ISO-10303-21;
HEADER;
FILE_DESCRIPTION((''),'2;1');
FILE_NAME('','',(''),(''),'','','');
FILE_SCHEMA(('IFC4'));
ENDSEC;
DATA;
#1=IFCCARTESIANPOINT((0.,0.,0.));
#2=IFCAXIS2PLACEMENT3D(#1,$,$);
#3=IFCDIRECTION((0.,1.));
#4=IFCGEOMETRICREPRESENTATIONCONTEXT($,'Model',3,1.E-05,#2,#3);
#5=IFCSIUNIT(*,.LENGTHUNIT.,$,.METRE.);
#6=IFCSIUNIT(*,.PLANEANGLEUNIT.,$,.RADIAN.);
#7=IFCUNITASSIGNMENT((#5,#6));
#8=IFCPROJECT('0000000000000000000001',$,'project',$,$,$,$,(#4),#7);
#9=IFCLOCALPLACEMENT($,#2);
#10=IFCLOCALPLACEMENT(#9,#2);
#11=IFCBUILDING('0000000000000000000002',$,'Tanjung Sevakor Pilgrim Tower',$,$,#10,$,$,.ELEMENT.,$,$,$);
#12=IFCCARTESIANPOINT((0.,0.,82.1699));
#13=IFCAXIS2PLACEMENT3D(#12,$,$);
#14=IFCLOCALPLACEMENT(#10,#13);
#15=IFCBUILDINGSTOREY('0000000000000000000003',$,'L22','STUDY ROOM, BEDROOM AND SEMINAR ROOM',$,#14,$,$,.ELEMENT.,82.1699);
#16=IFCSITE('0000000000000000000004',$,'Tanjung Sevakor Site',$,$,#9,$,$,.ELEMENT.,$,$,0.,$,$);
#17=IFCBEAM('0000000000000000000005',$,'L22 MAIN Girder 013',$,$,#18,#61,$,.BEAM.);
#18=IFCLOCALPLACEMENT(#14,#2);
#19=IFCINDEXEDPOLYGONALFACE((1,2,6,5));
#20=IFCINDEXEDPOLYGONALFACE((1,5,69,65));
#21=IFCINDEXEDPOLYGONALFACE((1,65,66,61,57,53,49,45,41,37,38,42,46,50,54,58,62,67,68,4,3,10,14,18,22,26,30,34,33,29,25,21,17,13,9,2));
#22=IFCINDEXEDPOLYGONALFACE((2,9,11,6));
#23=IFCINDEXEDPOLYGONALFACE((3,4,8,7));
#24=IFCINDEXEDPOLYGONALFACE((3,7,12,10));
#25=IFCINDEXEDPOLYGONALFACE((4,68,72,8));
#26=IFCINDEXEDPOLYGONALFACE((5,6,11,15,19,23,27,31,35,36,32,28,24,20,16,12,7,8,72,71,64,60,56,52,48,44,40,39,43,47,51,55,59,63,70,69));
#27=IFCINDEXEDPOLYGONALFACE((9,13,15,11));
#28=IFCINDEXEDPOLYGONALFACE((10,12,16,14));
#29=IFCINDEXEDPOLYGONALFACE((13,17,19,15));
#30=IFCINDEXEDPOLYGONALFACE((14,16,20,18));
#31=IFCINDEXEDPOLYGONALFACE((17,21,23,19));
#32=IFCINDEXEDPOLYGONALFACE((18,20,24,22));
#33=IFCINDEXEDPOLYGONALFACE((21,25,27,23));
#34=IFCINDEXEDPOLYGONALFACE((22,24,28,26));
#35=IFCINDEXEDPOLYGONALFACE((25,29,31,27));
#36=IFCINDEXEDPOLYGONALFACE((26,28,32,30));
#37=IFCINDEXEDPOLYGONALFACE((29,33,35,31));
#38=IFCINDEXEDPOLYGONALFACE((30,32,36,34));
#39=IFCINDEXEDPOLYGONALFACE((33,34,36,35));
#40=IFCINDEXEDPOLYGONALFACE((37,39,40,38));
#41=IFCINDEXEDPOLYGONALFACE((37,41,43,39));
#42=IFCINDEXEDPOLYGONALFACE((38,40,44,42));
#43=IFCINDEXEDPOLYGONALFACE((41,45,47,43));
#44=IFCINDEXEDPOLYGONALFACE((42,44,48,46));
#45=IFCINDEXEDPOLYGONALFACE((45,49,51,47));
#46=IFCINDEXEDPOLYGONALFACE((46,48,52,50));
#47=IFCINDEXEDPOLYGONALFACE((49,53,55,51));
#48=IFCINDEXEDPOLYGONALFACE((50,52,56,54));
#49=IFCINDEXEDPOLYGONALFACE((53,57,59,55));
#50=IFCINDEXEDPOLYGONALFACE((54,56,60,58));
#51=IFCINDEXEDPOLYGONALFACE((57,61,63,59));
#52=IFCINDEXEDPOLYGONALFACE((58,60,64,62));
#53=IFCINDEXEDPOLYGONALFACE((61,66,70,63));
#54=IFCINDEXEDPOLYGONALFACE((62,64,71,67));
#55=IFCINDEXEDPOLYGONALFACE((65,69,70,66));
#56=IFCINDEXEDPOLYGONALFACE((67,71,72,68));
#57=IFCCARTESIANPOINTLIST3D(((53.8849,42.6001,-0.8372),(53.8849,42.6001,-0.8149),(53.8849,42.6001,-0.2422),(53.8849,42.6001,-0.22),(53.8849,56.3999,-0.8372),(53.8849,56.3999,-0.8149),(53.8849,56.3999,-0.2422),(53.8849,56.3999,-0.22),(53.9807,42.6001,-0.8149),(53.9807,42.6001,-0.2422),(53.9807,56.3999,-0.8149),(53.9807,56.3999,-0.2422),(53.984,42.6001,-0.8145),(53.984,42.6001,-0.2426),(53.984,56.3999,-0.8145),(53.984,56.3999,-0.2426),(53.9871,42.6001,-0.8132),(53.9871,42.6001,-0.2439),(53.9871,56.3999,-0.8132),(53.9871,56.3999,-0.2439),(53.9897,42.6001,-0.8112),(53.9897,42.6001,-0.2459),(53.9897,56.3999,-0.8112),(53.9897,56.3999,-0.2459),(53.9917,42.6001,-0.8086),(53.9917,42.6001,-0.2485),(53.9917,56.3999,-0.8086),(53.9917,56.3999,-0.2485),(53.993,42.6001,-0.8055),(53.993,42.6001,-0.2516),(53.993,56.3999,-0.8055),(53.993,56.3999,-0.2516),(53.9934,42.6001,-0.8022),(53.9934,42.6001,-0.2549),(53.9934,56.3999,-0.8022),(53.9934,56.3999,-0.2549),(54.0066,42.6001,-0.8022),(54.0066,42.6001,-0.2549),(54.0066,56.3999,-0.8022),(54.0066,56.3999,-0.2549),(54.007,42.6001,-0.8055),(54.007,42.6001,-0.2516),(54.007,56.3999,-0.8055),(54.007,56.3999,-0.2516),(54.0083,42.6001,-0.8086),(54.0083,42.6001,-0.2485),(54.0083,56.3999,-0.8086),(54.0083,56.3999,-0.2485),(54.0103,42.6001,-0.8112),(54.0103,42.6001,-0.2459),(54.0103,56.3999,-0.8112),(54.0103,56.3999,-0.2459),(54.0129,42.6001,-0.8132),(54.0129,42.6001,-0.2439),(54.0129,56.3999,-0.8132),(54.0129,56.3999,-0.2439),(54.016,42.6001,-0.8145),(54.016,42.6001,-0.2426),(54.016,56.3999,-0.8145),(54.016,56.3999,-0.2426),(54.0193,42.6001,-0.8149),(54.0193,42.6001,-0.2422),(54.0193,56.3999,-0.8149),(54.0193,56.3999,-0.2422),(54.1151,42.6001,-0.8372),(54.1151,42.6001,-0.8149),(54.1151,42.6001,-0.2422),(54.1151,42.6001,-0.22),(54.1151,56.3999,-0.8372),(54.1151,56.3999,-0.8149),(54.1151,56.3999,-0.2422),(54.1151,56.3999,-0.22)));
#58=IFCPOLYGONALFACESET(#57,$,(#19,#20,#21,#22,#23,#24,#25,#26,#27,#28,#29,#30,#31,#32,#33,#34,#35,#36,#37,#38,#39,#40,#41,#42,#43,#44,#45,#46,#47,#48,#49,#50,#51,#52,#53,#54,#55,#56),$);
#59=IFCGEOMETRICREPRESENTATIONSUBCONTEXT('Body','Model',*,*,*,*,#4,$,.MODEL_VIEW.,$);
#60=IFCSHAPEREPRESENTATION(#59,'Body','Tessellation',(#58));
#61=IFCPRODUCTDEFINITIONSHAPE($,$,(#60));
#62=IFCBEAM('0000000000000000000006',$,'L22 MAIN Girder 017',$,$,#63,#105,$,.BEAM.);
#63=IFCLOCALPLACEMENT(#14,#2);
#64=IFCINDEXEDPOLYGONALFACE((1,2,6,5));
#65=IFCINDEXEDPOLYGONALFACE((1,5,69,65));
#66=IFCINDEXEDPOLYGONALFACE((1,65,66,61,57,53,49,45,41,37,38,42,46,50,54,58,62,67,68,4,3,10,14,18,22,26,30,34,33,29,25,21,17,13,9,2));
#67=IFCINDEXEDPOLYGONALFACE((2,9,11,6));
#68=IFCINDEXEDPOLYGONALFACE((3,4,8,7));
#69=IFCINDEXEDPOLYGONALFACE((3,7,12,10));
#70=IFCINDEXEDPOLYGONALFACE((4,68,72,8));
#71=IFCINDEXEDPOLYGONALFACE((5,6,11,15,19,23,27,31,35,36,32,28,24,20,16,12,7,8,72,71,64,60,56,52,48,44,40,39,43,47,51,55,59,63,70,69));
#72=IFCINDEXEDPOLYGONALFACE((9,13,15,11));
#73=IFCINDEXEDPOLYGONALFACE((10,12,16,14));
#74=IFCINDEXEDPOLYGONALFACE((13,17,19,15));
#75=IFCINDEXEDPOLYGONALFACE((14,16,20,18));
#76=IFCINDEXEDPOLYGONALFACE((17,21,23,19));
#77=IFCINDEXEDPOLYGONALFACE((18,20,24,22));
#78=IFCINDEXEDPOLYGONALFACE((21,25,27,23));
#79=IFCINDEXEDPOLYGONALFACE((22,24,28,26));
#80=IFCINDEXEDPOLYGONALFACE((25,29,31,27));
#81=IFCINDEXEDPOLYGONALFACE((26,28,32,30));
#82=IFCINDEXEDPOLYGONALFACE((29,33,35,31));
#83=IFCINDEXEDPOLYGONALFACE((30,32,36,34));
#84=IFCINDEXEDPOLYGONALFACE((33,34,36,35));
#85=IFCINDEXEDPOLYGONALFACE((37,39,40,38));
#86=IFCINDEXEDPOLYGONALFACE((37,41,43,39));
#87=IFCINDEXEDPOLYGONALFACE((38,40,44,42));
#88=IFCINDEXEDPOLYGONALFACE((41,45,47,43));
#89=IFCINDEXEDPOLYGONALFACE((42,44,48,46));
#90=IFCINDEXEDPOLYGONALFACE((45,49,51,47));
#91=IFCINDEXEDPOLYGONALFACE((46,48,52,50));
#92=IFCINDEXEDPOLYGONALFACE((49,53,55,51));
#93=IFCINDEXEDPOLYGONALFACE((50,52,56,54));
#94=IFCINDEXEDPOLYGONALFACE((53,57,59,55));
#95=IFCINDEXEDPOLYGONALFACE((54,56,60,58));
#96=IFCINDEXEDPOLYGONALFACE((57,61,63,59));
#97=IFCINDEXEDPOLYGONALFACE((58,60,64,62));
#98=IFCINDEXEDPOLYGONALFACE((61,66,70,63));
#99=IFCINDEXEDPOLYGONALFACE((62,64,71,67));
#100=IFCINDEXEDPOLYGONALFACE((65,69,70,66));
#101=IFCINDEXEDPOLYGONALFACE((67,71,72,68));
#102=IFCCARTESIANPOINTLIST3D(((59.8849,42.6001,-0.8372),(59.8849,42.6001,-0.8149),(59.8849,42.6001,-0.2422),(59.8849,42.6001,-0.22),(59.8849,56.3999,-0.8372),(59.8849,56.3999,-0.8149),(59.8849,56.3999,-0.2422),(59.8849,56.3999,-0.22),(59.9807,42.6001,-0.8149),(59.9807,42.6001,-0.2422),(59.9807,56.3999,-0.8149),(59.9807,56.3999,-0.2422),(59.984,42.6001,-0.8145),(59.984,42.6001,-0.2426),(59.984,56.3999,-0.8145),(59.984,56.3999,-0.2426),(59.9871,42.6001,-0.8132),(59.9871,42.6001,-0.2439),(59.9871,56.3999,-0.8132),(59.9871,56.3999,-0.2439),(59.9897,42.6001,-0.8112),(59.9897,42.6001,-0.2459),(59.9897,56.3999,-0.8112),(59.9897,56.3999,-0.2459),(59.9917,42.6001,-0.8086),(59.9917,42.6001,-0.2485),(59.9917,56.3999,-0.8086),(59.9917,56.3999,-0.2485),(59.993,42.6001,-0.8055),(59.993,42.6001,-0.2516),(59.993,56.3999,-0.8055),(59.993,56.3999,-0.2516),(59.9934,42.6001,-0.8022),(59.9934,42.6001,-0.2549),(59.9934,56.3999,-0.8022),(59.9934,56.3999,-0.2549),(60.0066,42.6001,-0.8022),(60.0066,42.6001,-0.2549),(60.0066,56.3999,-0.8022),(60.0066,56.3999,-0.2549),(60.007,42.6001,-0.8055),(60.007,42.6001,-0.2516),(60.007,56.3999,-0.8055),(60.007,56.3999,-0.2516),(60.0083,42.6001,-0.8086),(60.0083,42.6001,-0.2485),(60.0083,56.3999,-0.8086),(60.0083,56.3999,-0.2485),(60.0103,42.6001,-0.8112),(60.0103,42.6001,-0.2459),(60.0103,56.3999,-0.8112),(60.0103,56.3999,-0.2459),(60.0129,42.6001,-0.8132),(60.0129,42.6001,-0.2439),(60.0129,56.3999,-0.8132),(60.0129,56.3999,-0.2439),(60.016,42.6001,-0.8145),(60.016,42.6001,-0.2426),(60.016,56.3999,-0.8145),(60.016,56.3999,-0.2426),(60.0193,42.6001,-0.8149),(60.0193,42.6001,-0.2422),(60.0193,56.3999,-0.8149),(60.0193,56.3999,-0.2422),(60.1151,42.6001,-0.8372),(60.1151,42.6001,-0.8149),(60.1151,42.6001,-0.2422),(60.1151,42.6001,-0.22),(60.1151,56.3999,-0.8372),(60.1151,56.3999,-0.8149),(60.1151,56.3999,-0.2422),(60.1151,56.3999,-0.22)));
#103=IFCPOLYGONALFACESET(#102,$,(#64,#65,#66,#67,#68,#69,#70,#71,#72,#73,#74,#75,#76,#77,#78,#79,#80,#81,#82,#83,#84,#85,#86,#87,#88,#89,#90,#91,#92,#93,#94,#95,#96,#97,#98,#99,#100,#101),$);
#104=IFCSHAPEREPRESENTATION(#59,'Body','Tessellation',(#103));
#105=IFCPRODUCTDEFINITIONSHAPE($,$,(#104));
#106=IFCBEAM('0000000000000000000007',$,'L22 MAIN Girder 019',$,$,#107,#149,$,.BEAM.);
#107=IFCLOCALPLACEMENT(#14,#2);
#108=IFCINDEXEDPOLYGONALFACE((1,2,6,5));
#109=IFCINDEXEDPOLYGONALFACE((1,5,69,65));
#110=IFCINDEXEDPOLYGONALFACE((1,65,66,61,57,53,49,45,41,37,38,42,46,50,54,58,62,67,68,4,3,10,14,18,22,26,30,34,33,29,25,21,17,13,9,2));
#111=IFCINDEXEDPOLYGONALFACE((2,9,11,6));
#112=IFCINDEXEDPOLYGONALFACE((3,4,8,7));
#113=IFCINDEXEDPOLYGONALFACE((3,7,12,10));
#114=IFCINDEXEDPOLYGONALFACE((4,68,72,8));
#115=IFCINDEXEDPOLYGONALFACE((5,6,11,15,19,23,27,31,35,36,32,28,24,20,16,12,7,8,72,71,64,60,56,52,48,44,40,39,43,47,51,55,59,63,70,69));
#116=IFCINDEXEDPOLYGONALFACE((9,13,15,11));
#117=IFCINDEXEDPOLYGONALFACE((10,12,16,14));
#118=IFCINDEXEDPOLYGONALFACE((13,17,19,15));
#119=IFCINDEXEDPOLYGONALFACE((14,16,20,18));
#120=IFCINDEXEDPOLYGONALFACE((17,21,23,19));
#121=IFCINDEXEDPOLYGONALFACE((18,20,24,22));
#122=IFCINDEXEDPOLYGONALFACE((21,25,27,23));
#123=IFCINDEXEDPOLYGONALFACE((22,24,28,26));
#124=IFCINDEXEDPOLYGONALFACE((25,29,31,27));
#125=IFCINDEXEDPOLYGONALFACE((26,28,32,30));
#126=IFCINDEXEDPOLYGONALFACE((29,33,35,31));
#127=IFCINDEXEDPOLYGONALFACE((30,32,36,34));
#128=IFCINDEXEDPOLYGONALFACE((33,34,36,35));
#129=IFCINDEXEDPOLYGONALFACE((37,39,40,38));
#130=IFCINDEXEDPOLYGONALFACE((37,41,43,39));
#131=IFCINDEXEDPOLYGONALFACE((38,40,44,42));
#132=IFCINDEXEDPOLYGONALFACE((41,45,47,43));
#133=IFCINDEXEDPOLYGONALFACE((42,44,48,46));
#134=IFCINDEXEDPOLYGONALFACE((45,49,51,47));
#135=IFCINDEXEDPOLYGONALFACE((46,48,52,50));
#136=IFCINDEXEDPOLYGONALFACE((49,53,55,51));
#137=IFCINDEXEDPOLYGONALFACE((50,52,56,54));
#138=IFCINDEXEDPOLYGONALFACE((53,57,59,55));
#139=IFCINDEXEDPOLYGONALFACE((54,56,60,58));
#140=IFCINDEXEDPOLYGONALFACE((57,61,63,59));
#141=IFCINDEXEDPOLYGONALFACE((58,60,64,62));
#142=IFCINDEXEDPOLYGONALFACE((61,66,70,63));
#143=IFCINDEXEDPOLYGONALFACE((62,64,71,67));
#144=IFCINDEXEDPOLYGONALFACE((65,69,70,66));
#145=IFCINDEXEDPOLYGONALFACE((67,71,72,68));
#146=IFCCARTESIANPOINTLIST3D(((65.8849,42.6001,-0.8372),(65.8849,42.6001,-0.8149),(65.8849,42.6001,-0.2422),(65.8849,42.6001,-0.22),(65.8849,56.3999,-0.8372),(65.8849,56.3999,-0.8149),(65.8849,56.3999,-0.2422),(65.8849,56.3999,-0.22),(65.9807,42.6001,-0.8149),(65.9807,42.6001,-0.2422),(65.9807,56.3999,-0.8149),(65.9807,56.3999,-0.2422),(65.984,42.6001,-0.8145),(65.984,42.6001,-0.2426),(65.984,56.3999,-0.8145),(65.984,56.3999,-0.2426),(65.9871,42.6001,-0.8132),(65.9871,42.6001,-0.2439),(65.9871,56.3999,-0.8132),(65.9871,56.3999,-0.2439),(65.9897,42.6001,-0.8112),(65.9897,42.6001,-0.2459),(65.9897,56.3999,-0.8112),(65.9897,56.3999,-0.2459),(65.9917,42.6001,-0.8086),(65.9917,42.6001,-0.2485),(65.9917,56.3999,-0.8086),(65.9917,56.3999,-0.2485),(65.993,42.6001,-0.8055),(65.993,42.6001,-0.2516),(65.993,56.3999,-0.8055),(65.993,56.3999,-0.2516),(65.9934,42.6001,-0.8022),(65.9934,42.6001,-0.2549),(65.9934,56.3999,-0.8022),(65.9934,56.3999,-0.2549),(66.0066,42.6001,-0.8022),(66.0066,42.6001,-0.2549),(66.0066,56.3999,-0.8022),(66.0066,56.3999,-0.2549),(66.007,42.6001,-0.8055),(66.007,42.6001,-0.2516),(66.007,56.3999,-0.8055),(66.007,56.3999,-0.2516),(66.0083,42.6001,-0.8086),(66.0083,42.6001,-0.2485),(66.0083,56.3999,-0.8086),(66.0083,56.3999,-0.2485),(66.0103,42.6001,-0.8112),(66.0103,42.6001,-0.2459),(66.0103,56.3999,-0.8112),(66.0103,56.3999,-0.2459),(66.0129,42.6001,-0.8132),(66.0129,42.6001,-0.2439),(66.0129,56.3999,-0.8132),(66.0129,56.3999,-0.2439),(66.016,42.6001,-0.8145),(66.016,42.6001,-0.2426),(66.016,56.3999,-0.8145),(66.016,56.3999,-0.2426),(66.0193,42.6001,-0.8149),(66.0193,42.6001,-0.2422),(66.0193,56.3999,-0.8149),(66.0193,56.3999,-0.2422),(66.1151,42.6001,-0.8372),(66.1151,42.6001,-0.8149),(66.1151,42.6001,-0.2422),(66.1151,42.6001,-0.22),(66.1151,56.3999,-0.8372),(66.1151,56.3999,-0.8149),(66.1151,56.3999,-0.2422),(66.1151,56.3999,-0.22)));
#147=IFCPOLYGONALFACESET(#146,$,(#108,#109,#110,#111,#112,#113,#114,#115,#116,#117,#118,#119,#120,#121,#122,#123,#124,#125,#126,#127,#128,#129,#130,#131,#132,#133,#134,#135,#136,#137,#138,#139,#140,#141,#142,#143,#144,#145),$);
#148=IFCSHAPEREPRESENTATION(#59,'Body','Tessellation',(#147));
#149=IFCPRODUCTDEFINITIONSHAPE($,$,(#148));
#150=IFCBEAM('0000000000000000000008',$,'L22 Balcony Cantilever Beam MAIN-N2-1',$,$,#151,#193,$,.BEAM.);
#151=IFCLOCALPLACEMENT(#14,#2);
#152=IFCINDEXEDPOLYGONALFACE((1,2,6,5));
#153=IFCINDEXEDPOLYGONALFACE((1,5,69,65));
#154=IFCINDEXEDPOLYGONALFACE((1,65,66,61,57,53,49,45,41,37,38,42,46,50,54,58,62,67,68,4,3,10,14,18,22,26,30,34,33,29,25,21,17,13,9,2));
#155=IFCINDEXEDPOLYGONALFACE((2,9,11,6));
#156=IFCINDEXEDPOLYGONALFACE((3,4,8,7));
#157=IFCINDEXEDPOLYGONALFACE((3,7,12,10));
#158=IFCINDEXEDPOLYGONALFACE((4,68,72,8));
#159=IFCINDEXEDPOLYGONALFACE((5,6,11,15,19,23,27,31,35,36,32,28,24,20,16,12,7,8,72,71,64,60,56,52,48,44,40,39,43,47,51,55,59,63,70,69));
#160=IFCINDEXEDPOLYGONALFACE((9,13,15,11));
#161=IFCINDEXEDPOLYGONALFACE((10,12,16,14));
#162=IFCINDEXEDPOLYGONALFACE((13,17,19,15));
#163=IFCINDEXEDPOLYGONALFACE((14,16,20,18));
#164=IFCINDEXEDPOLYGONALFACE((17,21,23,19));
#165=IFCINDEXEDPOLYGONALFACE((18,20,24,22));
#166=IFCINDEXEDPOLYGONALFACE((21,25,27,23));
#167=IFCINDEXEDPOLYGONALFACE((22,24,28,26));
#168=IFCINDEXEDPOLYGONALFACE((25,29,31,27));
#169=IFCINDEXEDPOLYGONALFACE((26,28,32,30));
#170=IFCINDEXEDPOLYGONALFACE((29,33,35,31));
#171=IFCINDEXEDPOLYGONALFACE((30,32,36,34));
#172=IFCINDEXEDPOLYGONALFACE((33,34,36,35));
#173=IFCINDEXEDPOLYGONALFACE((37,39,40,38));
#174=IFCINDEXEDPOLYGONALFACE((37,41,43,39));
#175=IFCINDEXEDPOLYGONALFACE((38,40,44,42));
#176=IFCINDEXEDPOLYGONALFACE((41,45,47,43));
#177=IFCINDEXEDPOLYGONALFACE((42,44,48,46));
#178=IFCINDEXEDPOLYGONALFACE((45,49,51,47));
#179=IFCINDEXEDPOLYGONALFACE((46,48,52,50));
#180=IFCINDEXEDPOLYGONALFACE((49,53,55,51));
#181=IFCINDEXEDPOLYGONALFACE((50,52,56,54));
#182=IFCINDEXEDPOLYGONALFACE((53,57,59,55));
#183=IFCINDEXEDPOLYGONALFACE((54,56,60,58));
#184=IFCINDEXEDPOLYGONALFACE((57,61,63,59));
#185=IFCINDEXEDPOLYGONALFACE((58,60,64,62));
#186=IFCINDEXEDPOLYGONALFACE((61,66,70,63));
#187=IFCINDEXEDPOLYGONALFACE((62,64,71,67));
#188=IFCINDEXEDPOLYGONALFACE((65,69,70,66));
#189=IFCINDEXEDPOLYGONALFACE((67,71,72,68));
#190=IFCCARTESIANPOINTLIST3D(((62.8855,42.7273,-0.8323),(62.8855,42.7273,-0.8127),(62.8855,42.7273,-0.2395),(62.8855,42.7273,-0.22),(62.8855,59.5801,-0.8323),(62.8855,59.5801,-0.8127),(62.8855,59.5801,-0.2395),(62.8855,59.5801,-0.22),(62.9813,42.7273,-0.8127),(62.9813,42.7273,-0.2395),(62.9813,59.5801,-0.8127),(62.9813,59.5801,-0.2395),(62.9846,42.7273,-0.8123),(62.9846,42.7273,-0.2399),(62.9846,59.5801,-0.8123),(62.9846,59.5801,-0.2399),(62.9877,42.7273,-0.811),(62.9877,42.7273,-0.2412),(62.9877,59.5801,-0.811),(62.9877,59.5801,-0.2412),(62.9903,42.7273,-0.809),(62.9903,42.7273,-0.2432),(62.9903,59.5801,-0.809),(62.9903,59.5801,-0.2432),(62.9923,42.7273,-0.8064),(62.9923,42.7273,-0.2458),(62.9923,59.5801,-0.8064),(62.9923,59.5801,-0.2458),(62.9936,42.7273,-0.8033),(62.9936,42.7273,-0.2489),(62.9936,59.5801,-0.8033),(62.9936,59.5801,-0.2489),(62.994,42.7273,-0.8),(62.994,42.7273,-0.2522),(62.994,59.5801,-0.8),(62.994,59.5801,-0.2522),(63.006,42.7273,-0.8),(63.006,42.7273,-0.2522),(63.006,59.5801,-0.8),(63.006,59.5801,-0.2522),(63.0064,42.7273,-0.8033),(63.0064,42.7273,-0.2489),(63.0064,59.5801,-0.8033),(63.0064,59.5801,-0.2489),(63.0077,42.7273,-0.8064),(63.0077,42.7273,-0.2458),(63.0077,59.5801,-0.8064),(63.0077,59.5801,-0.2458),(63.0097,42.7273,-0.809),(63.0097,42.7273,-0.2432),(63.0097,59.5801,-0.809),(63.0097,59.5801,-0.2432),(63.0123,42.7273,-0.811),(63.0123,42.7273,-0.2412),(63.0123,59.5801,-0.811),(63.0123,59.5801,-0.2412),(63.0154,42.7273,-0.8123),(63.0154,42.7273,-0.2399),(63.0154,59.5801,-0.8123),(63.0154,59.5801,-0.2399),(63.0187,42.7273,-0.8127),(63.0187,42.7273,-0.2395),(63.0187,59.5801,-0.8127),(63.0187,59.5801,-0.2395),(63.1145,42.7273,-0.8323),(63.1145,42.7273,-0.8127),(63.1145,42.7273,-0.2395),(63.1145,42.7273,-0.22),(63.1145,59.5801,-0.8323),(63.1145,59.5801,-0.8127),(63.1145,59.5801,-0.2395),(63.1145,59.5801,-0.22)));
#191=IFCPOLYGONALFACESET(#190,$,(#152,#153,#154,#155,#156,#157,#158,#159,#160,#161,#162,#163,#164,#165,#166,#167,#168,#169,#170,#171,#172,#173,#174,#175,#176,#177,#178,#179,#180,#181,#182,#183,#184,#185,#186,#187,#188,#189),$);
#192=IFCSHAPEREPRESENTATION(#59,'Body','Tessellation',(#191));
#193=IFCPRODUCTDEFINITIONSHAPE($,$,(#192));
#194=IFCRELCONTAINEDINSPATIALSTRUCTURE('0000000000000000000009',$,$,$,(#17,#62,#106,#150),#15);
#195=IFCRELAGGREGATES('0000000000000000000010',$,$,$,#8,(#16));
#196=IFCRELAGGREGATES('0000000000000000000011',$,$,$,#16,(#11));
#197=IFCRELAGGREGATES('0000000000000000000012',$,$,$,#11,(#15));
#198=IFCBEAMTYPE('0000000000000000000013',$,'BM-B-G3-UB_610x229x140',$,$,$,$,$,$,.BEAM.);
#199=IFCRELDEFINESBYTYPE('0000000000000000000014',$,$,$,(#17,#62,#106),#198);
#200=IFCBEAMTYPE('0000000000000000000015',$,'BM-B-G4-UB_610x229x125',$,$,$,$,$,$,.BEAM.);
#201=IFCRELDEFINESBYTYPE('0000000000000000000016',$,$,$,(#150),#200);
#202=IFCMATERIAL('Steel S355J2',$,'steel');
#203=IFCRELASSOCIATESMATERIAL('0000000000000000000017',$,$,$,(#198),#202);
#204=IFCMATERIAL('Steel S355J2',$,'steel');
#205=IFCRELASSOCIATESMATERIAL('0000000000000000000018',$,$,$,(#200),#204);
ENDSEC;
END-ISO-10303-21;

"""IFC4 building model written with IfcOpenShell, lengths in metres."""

from ifc_helpers import new_model, si_unit, direction, frame, origin, origin_2d, place, context, subcontext, project, spatial, i_section, extrude, material, material_profile, profile_set, type_object, element, save


model = new_model("IFC4")

# Units and contexts
model_context = context("Model", 3, precision=1e-05, world=origin(), true_north=direction((0.0, 1.0)))
body_context = subcontext(model_context, "Body", "Model", "MODEL_VIEW")
ifc_project = project(units=[si_unit("LENGTHUNIT", "METRE"), si_unit("PLANEANGLEUNIT", "RADIAN")], contexts=[model_context])

# Site, building, storey
site_placement = place(None, origin())
site = spatial("IfcSite", under=ifc_project, at=site_placement, Name="Tanjung Sevakor Site", CompositionType="ELEMENT", RefElevation=0.0)
building_placement = place(site_placement, origin())
building = spatial("IfcBuilding", under=site, at=building_placement, Name="Tanjung Sevakor Pilgrim Tower", CompositionType="ELEMENT")
storey_placement = place(building_placement, frame((0.0, 0.0, 82.1699)))
storey = spatial("IfcBuildingStorey", under=building, at=storey_placement, Name="L22", Description="STUDY ROOM, BEDROOM AND SEMINAR ROOM", CompositionType="ELEMENT", Elevation=82.1699)

# Beams
ifc_material_1 = material(Name="Steel S355J2", Category="steel")
ifc_material_profile_1 = material_profile(ifc_material_1, i_section(OverallWidth=0.2302, OverallDepth=0.6172, WebThickness=0.0132, FlangeThickness=0.0222, FilletRadius=0.0127, at=origin_2d()))
ifc_profile_set_1 = profile_set([ifc_material_profile_1], Name="Steel S355J2")
beam_type_1 = type_object("IfcBeamType", Name="BM-B-G3-UB_610x229x140", PredefinedType="BEAM", material=ifc_profile_set_1)
for number, where, z_axis, x_axis, name in (
    (1, (54.0, 42.6001, -0.5286), (0.0, 1.0, 0.0), (-1.0, 0.0, 0.0), "L22 MAIN Girder 013"),
    (2, (60.0, 42.6001, -0.5286), (0.0, 1.0, 0.0), (-1.0, 0.0, 0.0), "L22 MAIN Girder 017"),
    (3, (66.0, 42.6001, -0.5286), (0.0, 1.0, 0.0), (-1.0, 0.0, 0.0), "L22 MAIN Girder 019"),
):
    element("IfcBeam", number, at=place(storey_placement, frame(where, z_axis=z_axis, x_axis=x_axis)), inside=storey, type_object=beam_type_1, Name=name, PredefinedType="BEAM", context=body_context, shape_type="SweptSolid", body=[
        extrude(i_section(OverallWidth=0.2302, OverallDepth=0.6172, WebThickness=0.0132, FlangeThickness=0.0222, FilletRadius=0.0127, at=origin_2d()), origin(), (0.0, 0.0, 1.0), 13.7998),
    ])
ifc_material_2 = material(Name="Steel S355J2", Category="steel")
ifc_material_profile_2 = material_profile(ifc_material_2, i_section(OverallWidth=0.229, OverallDepth=0.6123, WebThickness=0.012, FlangeThickness=0.0195, FilletRadius=0.0127, at=origin_2d()))
ifc_profile_set_2 = profile_set([ifc_material_profile_2], Name="Steel S355J2")
beam_type_2 = type_object("IfcBeamType", Name="BM-B-G4-UB_610x229x125", PredefinedType="BEAM", material=ifc_profile_set_2)
beam_1_placement = place(storey_placement, frame((63.0, 42.7273, -0.5261), z_axis=(0.0, 1.0, 0.0), x_axis=(-1.0, 0.0, 0.0)))
element("IfcBeam", 4, at=beam_1_placement, inside=storey, type_object=beam_type_2, Name="L22 Balcony Cantilever Beam MAIN-N2-1", PredefinedType="BEAM", context=body_context, shape_type="SweptSolid", body=[
    extrude(i_section(OverallWidth=0.229, OverallDepth=0.6123, WebThickness=0.012, FlangeThickness=0.0195, FilletRadius=0.0127, at=origin_2d()), origin(), (0.0, 0.0, 1.0), 16.8528),
])

save(model, "model.ifc")
